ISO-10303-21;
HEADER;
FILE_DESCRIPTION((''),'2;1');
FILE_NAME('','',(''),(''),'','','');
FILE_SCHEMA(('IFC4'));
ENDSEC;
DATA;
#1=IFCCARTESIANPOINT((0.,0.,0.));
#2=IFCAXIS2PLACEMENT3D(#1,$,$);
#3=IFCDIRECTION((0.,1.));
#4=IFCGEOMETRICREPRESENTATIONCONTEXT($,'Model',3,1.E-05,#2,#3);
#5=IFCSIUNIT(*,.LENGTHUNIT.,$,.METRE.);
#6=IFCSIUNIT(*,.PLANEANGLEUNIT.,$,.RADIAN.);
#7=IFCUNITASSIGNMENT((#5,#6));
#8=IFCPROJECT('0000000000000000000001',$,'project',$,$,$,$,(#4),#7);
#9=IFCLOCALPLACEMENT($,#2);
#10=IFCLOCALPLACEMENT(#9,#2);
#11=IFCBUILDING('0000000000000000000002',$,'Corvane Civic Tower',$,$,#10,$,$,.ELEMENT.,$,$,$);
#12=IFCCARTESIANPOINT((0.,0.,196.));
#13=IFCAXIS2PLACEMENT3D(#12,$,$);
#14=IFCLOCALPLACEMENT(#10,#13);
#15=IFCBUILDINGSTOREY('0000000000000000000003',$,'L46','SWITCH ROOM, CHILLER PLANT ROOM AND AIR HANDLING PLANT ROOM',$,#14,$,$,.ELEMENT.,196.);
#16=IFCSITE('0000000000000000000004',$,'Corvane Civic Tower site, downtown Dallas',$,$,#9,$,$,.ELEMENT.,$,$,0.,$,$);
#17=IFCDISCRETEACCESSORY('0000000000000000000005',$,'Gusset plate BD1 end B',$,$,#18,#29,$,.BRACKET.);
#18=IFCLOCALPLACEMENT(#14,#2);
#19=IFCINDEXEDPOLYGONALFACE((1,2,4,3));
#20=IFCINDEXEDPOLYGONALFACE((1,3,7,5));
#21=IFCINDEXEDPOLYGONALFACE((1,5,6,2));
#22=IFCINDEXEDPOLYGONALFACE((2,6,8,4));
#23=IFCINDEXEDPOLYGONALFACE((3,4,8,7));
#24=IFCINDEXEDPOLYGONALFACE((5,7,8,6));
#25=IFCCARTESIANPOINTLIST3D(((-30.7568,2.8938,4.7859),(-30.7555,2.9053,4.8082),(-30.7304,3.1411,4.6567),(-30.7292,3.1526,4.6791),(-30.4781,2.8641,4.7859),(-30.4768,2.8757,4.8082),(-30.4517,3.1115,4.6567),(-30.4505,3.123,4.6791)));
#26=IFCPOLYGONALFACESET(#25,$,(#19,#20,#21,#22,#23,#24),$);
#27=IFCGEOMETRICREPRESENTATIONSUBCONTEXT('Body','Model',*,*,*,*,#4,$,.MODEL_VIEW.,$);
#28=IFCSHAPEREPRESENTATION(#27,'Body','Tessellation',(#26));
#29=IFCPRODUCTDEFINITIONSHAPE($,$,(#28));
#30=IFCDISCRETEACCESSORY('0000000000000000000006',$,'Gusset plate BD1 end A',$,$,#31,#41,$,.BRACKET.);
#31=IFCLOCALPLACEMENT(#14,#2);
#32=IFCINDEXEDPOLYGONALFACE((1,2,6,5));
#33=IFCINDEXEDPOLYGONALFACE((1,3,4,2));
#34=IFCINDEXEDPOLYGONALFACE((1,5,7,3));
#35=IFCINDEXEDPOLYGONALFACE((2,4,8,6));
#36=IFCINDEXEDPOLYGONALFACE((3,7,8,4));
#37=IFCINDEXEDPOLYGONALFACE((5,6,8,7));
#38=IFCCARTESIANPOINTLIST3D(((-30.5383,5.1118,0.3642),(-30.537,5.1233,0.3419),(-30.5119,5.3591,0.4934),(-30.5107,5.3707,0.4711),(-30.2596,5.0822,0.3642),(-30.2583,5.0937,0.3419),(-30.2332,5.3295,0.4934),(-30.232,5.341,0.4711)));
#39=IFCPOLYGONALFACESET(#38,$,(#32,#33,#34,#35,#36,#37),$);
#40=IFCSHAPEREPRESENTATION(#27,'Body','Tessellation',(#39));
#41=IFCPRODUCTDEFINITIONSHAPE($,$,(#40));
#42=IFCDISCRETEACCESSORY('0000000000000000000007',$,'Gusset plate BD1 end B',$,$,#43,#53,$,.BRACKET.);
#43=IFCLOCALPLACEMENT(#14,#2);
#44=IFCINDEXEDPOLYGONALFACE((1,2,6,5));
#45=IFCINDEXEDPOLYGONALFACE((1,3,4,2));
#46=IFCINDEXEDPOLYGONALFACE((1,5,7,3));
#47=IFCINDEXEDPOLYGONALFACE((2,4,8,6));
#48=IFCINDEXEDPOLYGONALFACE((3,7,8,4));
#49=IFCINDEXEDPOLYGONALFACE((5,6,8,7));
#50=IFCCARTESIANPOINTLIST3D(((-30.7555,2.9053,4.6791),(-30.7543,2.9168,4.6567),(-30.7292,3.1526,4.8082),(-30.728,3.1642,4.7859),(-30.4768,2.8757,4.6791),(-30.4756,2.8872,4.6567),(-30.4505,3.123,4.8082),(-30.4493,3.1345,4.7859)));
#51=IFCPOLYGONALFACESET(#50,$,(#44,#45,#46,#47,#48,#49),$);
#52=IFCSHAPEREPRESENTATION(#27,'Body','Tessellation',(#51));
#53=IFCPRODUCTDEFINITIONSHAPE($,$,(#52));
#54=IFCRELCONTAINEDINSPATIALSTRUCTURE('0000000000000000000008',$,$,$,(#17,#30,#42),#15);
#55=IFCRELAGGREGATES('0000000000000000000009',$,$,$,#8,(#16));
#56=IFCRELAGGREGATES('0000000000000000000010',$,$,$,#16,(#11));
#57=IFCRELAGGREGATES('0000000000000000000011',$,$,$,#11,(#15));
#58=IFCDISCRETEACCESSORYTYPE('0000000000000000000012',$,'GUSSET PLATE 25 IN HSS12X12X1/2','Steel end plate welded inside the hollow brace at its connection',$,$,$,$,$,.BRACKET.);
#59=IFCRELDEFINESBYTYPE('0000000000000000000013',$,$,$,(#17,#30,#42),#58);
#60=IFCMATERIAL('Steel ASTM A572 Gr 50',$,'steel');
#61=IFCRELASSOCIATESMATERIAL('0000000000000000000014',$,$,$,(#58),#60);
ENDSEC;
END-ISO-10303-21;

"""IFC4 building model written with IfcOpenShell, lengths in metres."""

from ifc_helpers import new_model, si_unit, direction, frame, origin, origin_2d, place, context, subcontext, project, spatial, rectangle, extrude, material, material_profile, profile_set, type_object, element, save


model = new_model("IFC4")

# Units and contexts
model_context = context("Model", 3, precision=1e-05, world=origin(), true_north=direction((0.0, 1.0)))
body_context = subcontext(model_context, "Body", "Model", "MODEL_VIEW")
ifc_project = project(units=[si_unit("LENGTHUNIT", "METRE"), si_unit("PLANEANGLEUNIT", "RADIAN")], contexts=[model_context])

# Site, building, storey
site_placement = place(None, origin())
site = spatial("IfcSite", under=ifc_project, at=site_placement, Name="Corvane Civic Tower site, downtown Dallas", CompositionType="ELEMENT", RefElevation=0.0)
building_placement = place(site_placement, origin())
building = spatial("IfcBuilding", under=site, at=building_placement, Name="Corvane Civic Tower", CompositionType="ELEMENT")
storey_placement = place(building_placement, frame((0.0, 0.0, 196.0)))
storey = spatial("IfcBuildingStorey", under=building, at=storey_placement, Name="L46", Description="SWITCH ROOM, CHILLER PLANT ROOM AND AIR HANDLING PLANT ROOM", CompositionType="ELEMENT", Elevation=196.0)

# Discrete accessories
ifc_material_1 = material(Name="Steel ASTM A572 Gr 50", Category="steel")
ifc_material_profile_1 = material_profile(ifc_material_1, rectangle(XDim=0.2803, YDim=0.2803, at=origin_2d()), Name="GUSSET PLATE 25 IN HSS12X12X1/2")
ifc_profile_set_1 = profile_set([ifc_material_profile_1], Name="Steel ASTM A572 Gr 50")
discrete_accessory_type = type_object("IfcDiscreteAccessoryType", Name="GUSSET PLATE 25 IN HSS12X12X1/2", Description="Steel end plate welded inside the hollow brace at its connection", PredefinedType="BRACKET", material=ifc_profile_set_1)
for number, where, z_axis, x_axis, name in (
    (1, (-30.603, 3.0142, 4.7437), (-0.04876, -0.458346, -0.887435), (0.994389, -0.105786, 0.0), "Gusset plate BD1 end B"),
    (2, (-30.3845, 5.2322, 0.4065), (-0.04876, -0.458346, 0.887435), (0.994389, -0.105786, 0.0), "Gusset plate BD1 end A"),
    (3, (-30.603, 3.0142, 4.7437), (0.04876, 0.458346, -0.887435), (-0.994389, 0.105786, 0.0), "Gusset plate BD1 end B"),
):
    element("IfcDiscreteAccessory", number, at=place(storey_placement, frame(where, z_axis=z_axis, x_axis=x_axis)), inside=storey, type_object=discrete_accessory_type, Name=name, PredefinedType="BRACKET", context=body_context, shape_type="SweptSolid", body=[
        extrude(rectangle(XDim=0.2803, YDim=0.2803, at=origin_2d()), origin(), (0.0, 0.0, 1.0), 0.0251),
    ])

save(model, "model.ifc")
